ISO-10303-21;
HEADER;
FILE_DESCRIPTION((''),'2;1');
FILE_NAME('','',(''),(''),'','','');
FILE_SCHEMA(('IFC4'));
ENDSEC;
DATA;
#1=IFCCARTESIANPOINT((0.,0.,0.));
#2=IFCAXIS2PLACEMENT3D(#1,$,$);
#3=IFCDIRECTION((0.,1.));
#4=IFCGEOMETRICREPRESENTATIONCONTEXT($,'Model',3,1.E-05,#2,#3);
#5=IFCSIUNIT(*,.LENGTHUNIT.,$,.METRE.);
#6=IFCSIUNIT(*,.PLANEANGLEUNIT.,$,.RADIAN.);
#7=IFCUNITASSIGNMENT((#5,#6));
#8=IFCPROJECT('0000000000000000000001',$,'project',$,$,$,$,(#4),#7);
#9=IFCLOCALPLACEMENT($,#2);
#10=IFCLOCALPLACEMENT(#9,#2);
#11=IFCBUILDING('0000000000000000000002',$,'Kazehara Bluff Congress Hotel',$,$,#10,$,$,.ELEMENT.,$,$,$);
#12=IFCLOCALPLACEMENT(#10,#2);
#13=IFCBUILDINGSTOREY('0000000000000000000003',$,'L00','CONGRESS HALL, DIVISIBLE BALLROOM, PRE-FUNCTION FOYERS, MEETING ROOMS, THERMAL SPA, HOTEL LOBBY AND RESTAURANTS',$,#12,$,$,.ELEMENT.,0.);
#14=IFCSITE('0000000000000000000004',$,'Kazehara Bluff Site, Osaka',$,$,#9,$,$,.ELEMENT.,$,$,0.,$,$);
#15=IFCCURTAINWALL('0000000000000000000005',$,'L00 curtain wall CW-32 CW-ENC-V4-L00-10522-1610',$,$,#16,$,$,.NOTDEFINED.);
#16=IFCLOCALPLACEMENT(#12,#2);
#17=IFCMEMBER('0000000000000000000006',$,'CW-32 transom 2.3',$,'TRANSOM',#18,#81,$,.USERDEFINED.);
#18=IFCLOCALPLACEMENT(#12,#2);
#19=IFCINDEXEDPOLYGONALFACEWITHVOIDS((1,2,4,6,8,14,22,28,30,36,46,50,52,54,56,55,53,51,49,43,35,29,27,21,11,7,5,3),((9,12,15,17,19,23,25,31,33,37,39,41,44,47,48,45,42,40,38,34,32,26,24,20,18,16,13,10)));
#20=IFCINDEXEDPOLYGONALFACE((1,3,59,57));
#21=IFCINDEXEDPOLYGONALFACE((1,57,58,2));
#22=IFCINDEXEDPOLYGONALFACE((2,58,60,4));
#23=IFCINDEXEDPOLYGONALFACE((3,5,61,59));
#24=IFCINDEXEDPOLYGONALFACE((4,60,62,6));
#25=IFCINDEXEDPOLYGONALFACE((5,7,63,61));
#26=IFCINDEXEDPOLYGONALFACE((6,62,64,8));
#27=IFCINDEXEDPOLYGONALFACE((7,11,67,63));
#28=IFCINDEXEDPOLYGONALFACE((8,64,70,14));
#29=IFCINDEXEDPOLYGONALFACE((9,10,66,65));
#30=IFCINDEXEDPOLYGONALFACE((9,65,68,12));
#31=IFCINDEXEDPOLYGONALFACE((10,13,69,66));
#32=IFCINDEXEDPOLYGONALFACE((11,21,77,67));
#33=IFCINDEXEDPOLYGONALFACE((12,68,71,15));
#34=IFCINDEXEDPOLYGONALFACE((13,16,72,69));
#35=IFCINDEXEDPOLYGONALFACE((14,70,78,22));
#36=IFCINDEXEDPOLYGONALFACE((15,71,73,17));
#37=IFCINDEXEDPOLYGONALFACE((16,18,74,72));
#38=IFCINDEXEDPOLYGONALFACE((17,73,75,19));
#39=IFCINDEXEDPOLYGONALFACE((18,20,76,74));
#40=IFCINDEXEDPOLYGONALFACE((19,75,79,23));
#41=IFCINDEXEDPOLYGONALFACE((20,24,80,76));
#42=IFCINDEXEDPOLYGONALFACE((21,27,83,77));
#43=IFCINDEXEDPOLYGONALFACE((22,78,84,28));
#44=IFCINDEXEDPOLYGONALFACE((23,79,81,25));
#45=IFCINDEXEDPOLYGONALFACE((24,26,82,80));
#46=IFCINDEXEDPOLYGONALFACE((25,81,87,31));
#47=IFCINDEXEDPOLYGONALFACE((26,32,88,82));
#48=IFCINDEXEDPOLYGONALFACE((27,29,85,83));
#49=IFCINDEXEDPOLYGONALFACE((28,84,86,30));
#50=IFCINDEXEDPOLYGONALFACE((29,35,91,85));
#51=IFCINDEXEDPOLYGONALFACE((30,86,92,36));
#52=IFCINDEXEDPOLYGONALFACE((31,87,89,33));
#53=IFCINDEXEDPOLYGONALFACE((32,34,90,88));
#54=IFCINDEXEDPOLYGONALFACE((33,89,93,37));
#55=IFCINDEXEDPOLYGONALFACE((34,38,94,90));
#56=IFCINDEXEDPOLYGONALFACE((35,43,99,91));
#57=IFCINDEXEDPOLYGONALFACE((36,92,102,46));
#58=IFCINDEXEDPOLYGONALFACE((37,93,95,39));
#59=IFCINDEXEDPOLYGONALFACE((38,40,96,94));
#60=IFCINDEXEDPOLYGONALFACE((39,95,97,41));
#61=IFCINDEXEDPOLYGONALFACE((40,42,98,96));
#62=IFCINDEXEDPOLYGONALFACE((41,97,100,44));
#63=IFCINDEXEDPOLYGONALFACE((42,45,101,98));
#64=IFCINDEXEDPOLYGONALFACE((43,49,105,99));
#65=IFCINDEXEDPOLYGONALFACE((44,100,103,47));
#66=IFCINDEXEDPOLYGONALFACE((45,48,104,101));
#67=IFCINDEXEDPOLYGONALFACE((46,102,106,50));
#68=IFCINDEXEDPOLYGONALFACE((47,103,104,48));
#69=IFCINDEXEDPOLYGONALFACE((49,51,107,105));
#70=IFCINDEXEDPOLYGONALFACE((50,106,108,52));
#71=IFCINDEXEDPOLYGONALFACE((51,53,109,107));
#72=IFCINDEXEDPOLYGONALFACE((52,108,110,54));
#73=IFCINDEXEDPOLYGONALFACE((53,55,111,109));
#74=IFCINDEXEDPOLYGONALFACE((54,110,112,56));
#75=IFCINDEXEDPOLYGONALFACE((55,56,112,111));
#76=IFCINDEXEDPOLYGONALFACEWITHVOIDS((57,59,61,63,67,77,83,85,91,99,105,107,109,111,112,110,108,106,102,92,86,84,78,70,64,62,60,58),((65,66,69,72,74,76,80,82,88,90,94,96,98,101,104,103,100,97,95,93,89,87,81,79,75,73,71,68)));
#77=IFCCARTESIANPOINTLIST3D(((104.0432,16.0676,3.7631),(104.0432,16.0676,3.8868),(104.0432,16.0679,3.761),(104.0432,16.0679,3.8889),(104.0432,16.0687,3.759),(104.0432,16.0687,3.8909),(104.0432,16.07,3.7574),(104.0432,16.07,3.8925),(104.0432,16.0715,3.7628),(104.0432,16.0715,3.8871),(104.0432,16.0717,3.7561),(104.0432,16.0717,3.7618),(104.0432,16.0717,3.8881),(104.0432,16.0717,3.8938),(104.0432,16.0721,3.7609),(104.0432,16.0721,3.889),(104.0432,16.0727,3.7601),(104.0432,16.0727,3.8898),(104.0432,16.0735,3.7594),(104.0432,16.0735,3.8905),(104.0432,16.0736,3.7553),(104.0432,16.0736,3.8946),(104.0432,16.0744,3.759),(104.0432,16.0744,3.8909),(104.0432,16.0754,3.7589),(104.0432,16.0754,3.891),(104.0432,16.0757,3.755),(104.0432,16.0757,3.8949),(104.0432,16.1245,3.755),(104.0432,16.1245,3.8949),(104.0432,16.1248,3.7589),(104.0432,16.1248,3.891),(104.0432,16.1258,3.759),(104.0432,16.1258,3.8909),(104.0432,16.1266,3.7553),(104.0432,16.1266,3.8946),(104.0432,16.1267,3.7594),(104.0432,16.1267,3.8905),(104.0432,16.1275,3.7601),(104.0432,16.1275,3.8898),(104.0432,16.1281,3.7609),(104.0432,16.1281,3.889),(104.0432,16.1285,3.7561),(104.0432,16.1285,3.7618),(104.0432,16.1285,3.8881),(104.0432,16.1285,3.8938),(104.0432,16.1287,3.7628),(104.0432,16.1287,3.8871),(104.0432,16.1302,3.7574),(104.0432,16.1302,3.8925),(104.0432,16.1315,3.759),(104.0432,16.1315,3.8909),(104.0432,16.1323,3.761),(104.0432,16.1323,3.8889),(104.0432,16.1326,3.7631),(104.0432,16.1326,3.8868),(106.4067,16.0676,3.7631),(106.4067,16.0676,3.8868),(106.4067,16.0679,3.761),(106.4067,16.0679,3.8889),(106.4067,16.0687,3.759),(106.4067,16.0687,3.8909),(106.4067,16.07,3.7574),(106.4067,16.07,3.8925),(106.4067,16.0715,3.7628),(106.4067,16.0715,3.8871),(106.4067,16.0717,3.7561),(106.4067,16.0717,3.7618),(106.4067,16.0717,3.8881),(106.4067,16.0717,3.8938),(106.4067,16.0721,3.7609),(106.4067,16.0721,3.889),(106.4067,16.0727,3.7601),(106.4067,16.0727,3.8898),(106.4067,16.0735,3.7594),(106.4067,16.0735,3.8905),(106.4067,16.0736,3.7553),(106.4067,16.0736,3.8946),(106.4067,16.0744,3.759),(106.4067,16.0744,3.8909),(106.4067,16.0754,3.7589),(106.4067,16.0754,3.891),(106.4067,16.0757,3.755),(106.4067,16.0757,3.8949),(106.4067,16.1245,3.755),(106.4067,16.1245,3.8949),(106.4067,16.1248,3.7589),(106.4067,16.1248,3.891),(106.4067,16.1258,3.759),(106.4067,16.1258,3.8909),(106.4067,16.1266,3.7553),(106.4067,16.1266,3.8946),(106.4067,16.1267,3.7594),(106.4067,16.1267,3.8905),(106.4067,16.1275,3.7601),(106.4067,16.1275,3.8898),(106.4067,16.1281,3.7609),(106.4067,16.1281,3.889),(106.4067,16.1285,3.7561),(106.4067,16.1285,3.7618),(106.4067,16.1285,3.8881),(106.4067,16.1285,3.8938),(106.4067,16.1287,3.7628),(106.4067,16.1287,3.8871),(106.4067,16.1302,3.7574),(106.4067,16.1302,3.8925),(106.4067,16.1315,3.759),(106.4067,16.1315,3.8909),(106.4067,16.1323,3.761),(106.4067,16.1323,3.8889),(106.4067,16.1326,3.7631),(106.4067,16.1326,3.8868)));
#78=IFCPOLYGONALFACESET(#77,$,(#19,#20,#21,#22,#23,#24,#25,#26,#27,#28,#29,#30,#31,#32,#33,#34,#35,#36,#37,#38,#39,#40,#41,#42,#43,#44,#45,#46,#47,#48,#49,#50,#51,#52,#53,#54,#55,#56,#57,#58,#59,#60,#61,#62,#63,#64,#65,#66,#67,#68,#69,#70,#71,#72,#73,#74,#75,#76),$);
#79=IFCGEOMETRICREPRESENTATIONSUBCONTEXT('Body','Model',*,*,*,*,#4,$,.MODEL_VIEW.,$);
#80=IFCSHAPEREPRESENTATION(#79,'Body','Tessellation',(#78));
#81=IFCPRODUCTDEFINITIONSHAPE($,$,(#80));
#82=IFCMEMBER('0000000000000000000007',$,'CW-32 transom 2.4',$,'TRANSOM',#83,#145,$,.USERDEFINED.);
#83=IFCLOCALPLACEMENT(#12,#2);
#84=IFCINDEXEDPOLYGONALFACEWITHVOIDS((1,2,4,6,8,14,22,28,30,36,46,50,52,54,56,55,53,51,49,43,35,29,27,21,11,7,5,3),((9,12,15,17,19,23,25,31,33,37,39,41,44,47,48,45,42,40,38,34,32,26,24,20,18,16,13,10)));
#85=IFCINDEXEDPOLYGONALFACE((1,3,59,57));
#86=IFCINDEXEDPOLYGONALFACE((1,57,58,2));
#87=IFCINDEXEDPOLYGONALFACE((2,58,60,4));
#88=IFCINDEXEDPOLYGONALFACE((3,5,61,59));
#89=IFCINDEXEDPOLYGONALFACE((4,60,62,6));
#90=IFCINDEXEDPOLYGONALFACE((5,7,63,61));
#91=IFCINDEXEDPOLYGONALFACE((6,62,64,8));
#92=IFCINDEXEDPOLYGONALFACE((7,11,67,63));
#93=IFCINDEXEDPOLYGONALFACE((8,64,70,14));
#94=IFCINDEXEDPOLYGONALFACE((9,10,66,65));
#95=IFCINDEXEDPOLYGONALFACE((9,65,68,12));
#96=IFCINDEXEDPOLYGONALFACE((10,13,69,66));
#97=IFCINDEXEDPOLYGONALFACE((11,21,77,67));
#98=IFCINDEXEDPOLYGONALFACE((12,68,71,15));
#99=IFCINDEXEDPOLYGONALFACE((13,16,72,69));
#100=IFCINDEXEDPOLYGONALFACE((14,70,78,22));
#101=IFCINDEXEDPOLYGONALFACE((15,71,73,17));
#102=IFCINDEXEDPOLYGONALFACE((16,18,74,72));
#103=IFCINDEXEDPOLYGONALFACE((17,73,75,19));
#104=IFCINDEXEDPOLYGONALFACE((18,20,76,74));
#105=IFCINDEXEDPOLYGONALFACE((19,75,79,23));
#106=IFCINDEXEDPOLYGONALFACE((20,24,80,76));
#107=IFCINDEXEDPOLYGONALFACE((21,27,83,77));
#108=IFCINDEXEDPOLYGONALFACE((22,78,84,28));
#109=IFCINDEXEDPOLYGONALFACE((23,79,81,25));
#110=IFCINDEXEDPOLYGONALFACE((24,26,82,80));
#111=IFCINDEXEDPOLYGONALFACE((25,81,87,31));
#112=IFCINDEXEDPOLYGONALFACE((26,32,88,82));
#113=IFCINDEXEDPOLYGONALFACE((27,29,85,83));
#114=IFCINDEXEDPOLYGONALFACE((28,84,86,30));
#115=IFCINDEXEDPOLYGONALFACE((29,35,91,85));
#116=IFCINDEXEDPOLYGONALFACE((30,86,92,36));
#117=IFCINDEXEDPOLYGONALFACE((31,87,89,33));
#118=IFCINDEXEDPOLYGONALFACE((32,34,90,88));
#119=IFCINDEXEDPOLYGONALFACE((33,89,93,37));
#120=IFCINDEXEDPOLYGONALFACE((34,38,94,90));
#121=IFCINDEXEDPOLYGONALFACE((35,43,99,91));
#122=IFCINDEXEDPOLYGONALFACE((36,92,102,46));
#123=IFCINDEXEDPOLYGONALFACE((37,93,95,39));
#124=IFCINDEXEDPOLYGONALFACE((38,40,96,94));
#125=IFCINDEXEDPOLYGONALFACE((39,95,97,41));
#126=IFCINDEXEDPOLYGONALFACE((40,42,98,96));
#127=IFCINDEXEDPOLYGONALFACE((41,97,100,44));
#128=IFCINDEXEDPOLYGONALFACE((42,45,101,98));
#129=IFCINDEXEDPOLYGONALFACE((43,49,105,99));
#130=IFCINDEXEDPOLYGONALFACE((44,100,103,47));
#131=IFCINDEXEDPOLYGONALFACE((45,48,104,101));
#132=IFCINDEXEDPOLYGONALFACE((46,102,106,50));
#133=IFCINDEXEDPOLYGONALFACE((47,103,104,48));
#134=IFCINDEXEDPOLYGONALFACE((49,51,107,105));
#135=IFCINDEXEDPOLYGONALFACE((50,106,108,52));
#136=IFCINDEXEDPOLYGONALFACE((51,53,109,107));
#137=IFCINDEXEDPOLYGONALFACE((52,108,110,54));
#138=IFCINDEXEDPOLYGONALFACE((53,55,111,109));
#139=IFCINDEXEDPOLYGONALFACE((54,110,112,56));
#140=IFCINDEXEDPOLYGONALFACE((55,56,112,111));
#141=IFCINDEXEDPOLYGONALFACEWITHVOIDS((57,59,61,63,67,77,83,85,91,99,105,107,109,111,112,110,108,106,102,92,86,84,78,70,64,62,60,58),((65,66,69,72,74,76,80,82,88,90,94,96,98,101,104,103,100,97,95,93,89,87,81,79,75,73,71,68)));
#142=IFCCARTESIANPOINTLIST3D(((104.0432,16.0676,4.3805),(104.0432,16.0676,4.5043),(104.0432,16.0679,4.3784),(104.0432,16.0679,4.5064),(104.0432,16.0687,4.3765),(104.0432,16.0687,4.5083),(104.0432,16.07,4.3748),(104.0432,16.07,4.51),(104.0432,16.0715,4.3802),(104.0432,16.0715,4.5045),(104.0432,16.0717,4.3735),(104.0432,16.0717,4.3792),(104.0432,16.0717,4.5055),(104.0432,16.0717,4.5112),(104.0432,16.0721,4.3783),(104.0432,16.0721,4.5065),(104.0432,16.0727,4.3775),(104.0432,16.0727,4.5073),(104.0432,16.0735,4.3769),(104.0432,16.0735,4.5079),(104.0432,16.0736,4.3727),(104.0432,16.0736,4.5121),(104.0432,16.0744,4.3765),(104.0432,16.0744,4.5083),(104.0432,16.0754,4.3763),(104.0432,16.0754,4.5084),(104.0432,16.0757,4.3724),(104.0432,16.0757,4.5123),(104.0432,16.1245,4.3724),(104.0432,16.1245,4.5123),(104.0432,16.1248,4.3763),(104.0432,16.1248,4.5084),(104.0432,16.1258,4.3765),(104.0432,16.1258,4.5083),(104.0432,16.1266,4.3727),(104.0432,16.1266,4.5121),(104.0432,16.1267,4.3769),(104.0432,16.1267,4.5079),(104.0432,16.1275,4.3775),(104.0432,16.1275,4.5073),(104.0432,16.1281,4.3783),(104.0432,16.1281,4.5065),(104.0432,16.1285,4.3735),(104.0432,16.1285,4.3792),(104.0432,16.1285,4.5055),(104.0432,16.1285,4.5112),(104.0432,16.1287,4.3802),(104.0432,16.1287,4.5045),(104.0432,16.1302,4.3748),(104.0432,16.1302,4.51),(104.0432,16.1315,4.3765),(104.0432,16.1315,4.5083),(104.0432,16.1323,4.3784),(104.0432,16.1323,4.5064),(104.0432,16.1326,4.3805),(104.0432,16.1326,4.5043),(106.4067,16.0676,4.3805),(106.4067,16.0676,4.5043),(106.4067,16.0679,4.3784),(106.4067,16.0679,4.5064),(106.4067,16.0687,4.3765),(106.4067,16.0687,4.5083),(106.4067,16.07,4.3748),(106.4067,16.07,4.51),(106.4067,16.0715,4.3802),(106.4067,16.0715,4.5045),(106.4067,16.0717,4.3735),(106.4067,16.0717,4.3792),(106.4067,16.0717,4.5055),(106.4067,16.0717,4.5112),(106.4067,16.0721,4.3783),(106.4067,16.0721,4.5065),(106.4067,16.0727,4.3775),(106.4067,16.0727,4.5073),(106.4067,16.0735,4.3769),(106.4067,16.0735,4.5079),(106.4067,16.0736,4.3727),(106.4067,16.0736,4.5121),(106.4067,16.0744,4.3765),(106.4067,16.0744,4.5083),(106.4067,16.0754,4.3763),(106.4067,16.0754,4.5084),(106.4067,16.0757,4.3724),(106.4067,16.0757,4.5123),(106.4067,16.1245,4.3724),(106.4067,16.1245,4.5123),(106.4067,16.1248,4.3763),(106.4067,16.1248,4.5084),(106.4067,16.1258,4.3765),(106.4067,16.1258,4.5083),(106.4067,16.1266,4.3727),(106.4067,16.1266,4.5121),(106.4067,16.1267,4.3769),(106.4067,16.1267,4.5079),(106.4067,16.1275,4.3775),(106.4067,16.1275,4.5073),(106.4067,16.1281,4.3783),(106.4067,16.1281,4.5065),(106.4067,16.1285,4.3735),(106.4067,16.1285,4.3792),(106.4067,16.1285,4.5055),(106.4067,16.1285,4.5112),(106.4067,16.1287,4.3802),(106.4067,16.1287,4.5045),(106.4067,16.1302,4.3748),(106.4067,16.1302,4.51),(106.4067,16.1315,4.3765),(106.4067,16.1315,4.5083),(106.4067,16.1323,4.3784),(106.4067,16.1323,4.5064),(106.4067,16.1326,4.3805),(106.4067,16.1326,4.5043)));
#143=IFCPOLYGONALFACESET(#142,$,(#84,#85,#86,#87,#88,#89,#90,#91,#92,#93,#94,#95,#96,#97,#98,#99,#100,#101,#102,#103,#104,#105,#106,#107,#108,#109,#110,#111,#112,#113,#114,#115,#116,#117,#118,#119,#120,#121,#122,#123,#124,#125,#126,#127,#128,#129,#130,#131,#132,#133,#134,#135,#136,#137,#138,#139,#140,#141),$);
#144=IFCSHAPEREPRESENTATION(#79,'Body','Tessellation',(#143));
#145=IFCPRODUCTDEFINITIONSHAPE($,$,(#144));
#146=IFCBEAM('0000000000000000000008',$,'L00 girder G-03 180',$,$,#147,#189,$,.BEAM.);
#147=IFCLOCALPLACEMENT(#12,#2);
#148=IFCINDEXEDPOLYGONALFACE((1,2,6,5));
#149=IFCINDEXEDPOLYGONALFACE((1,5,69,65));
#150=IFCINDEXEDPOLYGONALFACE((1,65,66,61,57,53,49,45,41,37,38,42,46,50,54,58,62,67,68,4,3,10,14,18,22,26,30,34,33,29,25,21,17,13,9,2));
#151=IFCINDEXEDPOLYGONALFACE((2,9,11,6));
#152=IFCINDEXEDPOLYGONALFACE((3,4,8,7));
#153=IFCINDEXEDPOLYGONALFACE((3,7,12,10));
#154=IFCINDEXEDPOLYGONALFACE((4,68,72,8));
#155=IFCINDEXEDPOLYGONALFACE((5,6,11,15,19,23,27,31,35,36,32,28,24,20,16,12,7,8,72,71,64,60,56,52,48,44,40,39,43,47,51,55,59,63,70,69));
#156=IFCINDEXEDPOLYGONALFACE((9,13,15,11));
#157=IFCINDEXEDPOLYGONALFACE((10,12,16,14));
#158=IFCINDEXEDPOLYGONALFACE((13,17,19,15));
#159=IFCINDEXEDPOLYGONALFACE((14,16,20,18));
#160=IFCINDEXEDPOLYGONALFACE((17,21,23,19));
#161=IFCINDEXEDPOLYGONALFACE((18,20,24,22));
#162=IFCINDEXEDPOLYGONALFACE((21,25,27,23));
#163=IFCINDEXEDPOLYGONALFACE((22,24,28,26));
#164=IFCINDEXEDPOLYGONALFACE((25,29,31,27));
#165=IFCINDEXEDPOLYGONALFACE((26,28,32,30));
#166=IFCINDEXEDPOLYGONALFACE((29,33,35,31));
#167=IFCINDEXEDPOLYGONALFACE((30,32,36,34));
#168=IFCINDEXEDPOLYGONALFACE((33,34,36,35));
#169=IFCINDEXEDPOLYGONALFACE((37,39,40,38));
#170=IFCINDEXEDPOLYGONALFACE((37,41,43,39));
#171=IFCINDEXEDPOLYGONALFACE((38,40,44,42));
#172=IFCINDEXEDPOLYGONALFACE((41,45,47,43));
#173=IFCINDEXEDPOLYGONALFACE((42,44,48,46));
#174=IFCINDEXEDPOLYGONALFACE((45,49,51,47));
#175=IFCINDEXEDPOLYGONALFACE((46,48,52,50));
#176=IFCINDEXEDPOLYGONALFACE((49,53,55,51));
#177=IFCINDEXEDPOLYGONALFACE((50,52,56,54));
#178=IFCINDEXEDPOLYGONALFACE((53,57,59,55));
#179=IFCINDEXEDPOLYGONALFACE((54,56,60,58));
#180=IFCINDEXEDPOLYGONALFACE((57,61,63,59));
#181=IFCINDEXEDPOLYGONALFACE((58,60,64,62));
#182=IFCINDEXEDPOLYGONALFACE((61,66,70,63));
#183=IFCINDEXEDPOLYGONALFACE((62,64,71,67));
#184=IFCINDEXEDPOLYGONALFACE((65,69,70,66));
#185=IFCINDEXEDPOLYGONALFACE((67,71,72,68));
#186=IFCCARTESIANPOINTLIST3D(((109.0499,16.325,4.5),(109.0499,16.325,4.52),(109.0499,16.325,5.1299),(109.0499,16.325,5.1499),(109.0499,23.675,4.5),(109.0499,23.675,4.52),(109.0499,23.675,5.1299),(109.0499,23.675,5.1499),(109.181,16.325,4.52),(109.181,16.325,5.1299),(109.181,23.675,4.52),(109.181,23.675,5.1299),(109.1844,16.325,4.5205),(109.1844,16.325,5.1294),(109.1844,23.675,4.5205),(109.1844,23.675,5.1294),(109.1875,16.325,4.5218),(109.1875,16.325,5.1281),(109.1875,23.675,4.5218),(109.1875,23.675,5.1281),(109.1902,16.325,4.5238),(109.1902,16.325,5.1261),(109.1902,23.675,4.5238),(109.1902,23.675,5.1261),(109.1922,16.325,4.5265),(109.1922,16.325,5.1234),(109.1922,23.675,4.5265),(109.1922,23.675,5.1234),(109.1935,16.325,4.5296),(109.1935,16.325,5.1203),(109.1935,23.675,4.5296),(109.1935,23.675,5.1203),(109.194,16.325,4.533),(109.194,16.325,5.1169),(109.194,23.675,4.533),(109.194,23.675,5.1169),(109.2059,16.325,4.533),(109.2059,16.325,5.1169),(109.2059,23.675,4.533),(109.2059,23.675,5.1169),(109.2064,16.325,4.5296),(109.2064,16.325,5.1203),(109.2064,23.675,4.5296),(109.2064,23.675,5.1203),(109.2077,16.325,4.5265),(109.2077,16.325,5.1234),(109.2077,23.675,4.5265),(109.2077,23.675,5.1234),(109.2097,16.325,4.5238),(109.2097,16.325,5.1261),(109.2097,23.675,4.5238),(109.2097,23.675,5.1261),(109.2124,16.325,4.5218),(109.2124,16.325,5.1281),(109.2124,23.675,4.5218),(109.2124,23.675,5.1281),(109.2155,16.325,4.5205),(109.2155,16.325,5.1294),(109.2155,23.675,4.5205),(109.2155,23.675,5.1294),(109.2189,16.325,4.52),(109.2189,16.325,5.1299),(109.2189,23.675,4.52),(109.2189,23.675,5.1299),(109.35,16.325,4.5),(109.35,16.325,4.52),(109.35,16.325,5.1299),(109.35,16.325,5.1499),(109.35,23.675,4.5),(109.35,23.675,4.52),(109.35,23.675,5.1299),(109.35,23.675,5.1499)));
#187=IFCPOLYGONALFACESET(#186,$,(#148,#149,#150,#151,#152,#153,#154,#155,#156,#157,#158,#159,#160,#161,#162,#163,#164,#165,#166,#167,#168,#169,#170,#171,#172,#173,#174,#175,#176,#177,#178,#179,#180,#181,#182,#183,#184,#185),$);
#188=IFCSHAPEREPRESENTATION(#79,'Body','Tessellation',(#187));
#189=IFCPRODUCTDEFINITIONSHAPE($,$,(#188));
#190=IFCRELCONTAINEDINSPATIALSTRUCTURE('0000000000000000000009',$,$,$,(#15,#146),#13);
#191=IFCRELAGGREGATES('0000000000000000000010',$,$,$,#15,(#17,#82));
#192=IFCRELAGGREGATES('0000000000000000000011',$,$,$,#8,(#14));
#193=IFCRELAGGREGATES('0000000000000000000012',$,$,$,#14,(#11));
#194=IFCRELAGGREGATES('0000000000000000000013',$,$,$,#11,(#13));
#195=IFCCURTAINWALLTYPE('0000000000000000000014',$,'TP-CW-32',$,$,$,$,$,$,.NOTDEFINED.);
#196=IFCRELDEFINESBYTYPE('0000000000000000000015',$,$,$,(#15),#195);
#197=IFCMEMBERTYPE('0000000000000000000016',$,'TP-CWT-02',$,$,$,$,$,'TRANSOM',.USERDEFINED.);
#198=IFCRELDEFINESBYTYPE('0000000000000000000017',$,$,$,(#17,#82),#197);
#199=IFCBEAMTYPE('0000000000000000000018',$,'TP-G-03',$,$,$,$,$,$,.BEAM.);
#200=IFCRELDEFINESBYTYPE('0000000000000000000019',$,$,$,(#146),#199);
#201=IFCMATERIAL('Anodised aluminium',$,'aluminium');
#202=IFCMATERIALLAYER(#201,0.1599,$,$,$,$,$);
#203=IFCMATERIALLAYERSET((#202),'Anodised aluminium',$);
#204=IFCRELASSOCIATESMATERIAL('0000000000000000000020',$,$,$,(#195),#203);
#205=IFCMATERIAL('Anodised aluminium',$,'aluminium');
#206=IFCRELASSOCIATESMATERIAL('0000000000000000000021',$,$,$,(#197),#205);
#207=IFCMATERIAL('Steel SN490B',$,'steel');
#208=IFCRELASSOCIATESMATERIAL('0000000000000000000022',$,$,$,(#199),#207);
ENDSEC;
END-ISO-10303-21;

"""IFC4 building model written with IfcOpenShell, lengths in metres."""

from ifc_helpers import new_model, si_unit, direction, frame, origin, origin_2d, place, context, subcontext, project, spatial, hollow_rectangle, i_section, extrude, material, layer, layer_set, material_profile, profile_set, type_object, element, aggregate, save


model = new_model("IFC4")

# Units and contexts
model_context = context("Model", 3, precision=1e-05, world=origin(), true_north=direction((0.0, 1.0)))
body_context = subcontext(model_context, "Body", "Model", "MODEL_VIEW")
ifc_project = project(units=[si_unit("LENGTHUNIT", "METRE"), si_unit("PLANEANGLEUNIT", "RADIAN")], contexts=[model_context])

# Site, building, storey
site_placement = place(None, origin())
site = spatial("IfcSite", under=ifc_project, at=site_placement, Name="Kazehara Bluff Site, Osaka", CompositionType="ELEMENT", RefElevation=0.0)
building_placement = place(site_placement, origin())
building = spatial("IfcBuilding", under=site, at=building_placement, Name="Kazehara Bluff Congress Hotel", CompositionType="ELEMENT")
storey_placement = place(building_placement, origin())
storey = spatial("IfcBuildingStorey", under=building, at=storey_placement, Name="L00", Description="CONGRESS HALL, DIVISIBLE BALLROOM, PRE-FUNCTION FOYERS, MEETING ROOMS, THERMAL SPA, HOTEL LOBBY AND RESTAURANTS", CompositionType="ELEMENT", Elevation=0.0)

# Curtain wall
ifc_material_1 = material(Name="Anodised aluminium", Category="aluminium")
ifc_layer_1 = layer(ifc_material_1, 0.1599)
ifc_layer_set_1 = layer_set([ifc_layer_1], Name="Anodised aluminium")
curtain_wall_type_1 = type_object("IfcCurtainWallType", Name="TP-CW-32", PredefinedType="NOTDEFINED", material=ifc_layer_set_1)
curtain_wall_1_placement = place(storey_placement, origin())
curtain_wall_1 = element("IfcCurtainWall", 1, at=curtain_wall_1_placement, inside=storey, type_object=curtain_wall_type_1, Name="L00 curtain wall CW-32 CW-ENC-V4-L00-10522-1610", PredefinedType="NOTDEFINED")

# Members
ifc_material_2 = material(Name="Anodised aluminium", Category="aluminium")
ifc_material_profile_1 = material_profile(ifc_material_2, hollow_rectangle(XDim=0.0649, YDim=0.1399, WallThickness=0.0039, InnerFilletRadius=0.0039, OuterFilletRadius=0.0081, at=origin_2d()))
ifc_profile_set_1 = profile_set([ifc_material_profile_1], Name="Anodised aluminium")
member_type_1 = type_object("IfcMemberType", Name="TP-CWT-02", ElementType="TRANSOM", PredefinedType="USERDEFINED", material=ifc_profile_set_1)
member_1_placement = place(storey_placement, frame((106.4067, 16.1001, 3.825), z_axis=(-1.0, 0.0, 0.0), x_axis=(0.0, -1.0, 0.0)))
member_1 = element("IfcMember", 2, at=member_1_placement, type_object=member_type_1, Name="CW-32 transom 2.3", ObjectType="TRANSOM", PredefinedType="USERDEFINED", context=body_context, shape_type="SweptSolid", body=[
    extrude(hollow_rectangle(XDim=0.0649, YDim=0.1399, WallThickness=0.0039, InnerFilletRadius=0.0039, OuterFilletRadius=0.0081, at=origin_2d()), origin(), (0.0, 0.0, 1.0), 2.3635),
])
member_2_placement = place(storey_placement, frame((106.4067, 16.1001, 4.4424), z_axis=(-1.0, 0.0, 0.0), x_axis=(0.0, -1.0, 0.0)))
member_2 = element("IfcMember", 3, at=member_2_placement, type_object=member_type_1, Name="CW-32 transom 2.4", ObjectType="TRANSOM", PredefinedType="USERDEFINED", context=body_context, shape_type="SweptSolid", body=[
    extrude(hollow_rectangle(XDim=0.0649, YDim=0.1399, WallThickness=0.0039, InnerFilletRadius=0.0039, OuterFilletRadius=0.0081, at=origin_2d()), origin(), (0.0, 0.0, 1.0), 2.3635),
])

# Beam
ifc_material_3 = material(Name="Steel SN490B", Category="steel")
ifc_material_profile_2 = material_profile(ifc_material_3, i_section(OverallWidth=0.3, OverallDepth=0.6499, WebThickness=0.012, FlangeThickness=0.02, FilletRadius=0.0129, at=origin_2d()))
ifc_profile_set_2 = profile_set([ifc_material_profile_2], Name="Steel SN490B")
beam_type_1 = type_object("IfcBeamType", Name="TP-G-03", PredefinedType="BEAM", material=ifc_profile_set_2)
beam_1_placement = place(storey_placement, frame((109.2, 16.325, 4.825), z_axis=(0.0, 1.0, 0.0), x_axis=(-1.0, 0.0, 0.0)))
element("IfcBeam", 4, at=beam_1_placement, inside=storey, type_object=beam_type_1, Name="L00 girder G-03 180", PredefinedType="BEAM", context=body_context, shape_type="SweptSolid", body=[
    extrude(i_section(OverallWidth=0.3, OverallDepth=0.6499, WebThickness=0.012, FlangeThickness=0.02, FilletRadius=0.0129, at=origin_2d()), origin(), (0.0, 0.0, 1.0), 7.3501),
])

aggregate(curtain_wall_1, [member_1, member_2])

save(model, "model.ifc")
